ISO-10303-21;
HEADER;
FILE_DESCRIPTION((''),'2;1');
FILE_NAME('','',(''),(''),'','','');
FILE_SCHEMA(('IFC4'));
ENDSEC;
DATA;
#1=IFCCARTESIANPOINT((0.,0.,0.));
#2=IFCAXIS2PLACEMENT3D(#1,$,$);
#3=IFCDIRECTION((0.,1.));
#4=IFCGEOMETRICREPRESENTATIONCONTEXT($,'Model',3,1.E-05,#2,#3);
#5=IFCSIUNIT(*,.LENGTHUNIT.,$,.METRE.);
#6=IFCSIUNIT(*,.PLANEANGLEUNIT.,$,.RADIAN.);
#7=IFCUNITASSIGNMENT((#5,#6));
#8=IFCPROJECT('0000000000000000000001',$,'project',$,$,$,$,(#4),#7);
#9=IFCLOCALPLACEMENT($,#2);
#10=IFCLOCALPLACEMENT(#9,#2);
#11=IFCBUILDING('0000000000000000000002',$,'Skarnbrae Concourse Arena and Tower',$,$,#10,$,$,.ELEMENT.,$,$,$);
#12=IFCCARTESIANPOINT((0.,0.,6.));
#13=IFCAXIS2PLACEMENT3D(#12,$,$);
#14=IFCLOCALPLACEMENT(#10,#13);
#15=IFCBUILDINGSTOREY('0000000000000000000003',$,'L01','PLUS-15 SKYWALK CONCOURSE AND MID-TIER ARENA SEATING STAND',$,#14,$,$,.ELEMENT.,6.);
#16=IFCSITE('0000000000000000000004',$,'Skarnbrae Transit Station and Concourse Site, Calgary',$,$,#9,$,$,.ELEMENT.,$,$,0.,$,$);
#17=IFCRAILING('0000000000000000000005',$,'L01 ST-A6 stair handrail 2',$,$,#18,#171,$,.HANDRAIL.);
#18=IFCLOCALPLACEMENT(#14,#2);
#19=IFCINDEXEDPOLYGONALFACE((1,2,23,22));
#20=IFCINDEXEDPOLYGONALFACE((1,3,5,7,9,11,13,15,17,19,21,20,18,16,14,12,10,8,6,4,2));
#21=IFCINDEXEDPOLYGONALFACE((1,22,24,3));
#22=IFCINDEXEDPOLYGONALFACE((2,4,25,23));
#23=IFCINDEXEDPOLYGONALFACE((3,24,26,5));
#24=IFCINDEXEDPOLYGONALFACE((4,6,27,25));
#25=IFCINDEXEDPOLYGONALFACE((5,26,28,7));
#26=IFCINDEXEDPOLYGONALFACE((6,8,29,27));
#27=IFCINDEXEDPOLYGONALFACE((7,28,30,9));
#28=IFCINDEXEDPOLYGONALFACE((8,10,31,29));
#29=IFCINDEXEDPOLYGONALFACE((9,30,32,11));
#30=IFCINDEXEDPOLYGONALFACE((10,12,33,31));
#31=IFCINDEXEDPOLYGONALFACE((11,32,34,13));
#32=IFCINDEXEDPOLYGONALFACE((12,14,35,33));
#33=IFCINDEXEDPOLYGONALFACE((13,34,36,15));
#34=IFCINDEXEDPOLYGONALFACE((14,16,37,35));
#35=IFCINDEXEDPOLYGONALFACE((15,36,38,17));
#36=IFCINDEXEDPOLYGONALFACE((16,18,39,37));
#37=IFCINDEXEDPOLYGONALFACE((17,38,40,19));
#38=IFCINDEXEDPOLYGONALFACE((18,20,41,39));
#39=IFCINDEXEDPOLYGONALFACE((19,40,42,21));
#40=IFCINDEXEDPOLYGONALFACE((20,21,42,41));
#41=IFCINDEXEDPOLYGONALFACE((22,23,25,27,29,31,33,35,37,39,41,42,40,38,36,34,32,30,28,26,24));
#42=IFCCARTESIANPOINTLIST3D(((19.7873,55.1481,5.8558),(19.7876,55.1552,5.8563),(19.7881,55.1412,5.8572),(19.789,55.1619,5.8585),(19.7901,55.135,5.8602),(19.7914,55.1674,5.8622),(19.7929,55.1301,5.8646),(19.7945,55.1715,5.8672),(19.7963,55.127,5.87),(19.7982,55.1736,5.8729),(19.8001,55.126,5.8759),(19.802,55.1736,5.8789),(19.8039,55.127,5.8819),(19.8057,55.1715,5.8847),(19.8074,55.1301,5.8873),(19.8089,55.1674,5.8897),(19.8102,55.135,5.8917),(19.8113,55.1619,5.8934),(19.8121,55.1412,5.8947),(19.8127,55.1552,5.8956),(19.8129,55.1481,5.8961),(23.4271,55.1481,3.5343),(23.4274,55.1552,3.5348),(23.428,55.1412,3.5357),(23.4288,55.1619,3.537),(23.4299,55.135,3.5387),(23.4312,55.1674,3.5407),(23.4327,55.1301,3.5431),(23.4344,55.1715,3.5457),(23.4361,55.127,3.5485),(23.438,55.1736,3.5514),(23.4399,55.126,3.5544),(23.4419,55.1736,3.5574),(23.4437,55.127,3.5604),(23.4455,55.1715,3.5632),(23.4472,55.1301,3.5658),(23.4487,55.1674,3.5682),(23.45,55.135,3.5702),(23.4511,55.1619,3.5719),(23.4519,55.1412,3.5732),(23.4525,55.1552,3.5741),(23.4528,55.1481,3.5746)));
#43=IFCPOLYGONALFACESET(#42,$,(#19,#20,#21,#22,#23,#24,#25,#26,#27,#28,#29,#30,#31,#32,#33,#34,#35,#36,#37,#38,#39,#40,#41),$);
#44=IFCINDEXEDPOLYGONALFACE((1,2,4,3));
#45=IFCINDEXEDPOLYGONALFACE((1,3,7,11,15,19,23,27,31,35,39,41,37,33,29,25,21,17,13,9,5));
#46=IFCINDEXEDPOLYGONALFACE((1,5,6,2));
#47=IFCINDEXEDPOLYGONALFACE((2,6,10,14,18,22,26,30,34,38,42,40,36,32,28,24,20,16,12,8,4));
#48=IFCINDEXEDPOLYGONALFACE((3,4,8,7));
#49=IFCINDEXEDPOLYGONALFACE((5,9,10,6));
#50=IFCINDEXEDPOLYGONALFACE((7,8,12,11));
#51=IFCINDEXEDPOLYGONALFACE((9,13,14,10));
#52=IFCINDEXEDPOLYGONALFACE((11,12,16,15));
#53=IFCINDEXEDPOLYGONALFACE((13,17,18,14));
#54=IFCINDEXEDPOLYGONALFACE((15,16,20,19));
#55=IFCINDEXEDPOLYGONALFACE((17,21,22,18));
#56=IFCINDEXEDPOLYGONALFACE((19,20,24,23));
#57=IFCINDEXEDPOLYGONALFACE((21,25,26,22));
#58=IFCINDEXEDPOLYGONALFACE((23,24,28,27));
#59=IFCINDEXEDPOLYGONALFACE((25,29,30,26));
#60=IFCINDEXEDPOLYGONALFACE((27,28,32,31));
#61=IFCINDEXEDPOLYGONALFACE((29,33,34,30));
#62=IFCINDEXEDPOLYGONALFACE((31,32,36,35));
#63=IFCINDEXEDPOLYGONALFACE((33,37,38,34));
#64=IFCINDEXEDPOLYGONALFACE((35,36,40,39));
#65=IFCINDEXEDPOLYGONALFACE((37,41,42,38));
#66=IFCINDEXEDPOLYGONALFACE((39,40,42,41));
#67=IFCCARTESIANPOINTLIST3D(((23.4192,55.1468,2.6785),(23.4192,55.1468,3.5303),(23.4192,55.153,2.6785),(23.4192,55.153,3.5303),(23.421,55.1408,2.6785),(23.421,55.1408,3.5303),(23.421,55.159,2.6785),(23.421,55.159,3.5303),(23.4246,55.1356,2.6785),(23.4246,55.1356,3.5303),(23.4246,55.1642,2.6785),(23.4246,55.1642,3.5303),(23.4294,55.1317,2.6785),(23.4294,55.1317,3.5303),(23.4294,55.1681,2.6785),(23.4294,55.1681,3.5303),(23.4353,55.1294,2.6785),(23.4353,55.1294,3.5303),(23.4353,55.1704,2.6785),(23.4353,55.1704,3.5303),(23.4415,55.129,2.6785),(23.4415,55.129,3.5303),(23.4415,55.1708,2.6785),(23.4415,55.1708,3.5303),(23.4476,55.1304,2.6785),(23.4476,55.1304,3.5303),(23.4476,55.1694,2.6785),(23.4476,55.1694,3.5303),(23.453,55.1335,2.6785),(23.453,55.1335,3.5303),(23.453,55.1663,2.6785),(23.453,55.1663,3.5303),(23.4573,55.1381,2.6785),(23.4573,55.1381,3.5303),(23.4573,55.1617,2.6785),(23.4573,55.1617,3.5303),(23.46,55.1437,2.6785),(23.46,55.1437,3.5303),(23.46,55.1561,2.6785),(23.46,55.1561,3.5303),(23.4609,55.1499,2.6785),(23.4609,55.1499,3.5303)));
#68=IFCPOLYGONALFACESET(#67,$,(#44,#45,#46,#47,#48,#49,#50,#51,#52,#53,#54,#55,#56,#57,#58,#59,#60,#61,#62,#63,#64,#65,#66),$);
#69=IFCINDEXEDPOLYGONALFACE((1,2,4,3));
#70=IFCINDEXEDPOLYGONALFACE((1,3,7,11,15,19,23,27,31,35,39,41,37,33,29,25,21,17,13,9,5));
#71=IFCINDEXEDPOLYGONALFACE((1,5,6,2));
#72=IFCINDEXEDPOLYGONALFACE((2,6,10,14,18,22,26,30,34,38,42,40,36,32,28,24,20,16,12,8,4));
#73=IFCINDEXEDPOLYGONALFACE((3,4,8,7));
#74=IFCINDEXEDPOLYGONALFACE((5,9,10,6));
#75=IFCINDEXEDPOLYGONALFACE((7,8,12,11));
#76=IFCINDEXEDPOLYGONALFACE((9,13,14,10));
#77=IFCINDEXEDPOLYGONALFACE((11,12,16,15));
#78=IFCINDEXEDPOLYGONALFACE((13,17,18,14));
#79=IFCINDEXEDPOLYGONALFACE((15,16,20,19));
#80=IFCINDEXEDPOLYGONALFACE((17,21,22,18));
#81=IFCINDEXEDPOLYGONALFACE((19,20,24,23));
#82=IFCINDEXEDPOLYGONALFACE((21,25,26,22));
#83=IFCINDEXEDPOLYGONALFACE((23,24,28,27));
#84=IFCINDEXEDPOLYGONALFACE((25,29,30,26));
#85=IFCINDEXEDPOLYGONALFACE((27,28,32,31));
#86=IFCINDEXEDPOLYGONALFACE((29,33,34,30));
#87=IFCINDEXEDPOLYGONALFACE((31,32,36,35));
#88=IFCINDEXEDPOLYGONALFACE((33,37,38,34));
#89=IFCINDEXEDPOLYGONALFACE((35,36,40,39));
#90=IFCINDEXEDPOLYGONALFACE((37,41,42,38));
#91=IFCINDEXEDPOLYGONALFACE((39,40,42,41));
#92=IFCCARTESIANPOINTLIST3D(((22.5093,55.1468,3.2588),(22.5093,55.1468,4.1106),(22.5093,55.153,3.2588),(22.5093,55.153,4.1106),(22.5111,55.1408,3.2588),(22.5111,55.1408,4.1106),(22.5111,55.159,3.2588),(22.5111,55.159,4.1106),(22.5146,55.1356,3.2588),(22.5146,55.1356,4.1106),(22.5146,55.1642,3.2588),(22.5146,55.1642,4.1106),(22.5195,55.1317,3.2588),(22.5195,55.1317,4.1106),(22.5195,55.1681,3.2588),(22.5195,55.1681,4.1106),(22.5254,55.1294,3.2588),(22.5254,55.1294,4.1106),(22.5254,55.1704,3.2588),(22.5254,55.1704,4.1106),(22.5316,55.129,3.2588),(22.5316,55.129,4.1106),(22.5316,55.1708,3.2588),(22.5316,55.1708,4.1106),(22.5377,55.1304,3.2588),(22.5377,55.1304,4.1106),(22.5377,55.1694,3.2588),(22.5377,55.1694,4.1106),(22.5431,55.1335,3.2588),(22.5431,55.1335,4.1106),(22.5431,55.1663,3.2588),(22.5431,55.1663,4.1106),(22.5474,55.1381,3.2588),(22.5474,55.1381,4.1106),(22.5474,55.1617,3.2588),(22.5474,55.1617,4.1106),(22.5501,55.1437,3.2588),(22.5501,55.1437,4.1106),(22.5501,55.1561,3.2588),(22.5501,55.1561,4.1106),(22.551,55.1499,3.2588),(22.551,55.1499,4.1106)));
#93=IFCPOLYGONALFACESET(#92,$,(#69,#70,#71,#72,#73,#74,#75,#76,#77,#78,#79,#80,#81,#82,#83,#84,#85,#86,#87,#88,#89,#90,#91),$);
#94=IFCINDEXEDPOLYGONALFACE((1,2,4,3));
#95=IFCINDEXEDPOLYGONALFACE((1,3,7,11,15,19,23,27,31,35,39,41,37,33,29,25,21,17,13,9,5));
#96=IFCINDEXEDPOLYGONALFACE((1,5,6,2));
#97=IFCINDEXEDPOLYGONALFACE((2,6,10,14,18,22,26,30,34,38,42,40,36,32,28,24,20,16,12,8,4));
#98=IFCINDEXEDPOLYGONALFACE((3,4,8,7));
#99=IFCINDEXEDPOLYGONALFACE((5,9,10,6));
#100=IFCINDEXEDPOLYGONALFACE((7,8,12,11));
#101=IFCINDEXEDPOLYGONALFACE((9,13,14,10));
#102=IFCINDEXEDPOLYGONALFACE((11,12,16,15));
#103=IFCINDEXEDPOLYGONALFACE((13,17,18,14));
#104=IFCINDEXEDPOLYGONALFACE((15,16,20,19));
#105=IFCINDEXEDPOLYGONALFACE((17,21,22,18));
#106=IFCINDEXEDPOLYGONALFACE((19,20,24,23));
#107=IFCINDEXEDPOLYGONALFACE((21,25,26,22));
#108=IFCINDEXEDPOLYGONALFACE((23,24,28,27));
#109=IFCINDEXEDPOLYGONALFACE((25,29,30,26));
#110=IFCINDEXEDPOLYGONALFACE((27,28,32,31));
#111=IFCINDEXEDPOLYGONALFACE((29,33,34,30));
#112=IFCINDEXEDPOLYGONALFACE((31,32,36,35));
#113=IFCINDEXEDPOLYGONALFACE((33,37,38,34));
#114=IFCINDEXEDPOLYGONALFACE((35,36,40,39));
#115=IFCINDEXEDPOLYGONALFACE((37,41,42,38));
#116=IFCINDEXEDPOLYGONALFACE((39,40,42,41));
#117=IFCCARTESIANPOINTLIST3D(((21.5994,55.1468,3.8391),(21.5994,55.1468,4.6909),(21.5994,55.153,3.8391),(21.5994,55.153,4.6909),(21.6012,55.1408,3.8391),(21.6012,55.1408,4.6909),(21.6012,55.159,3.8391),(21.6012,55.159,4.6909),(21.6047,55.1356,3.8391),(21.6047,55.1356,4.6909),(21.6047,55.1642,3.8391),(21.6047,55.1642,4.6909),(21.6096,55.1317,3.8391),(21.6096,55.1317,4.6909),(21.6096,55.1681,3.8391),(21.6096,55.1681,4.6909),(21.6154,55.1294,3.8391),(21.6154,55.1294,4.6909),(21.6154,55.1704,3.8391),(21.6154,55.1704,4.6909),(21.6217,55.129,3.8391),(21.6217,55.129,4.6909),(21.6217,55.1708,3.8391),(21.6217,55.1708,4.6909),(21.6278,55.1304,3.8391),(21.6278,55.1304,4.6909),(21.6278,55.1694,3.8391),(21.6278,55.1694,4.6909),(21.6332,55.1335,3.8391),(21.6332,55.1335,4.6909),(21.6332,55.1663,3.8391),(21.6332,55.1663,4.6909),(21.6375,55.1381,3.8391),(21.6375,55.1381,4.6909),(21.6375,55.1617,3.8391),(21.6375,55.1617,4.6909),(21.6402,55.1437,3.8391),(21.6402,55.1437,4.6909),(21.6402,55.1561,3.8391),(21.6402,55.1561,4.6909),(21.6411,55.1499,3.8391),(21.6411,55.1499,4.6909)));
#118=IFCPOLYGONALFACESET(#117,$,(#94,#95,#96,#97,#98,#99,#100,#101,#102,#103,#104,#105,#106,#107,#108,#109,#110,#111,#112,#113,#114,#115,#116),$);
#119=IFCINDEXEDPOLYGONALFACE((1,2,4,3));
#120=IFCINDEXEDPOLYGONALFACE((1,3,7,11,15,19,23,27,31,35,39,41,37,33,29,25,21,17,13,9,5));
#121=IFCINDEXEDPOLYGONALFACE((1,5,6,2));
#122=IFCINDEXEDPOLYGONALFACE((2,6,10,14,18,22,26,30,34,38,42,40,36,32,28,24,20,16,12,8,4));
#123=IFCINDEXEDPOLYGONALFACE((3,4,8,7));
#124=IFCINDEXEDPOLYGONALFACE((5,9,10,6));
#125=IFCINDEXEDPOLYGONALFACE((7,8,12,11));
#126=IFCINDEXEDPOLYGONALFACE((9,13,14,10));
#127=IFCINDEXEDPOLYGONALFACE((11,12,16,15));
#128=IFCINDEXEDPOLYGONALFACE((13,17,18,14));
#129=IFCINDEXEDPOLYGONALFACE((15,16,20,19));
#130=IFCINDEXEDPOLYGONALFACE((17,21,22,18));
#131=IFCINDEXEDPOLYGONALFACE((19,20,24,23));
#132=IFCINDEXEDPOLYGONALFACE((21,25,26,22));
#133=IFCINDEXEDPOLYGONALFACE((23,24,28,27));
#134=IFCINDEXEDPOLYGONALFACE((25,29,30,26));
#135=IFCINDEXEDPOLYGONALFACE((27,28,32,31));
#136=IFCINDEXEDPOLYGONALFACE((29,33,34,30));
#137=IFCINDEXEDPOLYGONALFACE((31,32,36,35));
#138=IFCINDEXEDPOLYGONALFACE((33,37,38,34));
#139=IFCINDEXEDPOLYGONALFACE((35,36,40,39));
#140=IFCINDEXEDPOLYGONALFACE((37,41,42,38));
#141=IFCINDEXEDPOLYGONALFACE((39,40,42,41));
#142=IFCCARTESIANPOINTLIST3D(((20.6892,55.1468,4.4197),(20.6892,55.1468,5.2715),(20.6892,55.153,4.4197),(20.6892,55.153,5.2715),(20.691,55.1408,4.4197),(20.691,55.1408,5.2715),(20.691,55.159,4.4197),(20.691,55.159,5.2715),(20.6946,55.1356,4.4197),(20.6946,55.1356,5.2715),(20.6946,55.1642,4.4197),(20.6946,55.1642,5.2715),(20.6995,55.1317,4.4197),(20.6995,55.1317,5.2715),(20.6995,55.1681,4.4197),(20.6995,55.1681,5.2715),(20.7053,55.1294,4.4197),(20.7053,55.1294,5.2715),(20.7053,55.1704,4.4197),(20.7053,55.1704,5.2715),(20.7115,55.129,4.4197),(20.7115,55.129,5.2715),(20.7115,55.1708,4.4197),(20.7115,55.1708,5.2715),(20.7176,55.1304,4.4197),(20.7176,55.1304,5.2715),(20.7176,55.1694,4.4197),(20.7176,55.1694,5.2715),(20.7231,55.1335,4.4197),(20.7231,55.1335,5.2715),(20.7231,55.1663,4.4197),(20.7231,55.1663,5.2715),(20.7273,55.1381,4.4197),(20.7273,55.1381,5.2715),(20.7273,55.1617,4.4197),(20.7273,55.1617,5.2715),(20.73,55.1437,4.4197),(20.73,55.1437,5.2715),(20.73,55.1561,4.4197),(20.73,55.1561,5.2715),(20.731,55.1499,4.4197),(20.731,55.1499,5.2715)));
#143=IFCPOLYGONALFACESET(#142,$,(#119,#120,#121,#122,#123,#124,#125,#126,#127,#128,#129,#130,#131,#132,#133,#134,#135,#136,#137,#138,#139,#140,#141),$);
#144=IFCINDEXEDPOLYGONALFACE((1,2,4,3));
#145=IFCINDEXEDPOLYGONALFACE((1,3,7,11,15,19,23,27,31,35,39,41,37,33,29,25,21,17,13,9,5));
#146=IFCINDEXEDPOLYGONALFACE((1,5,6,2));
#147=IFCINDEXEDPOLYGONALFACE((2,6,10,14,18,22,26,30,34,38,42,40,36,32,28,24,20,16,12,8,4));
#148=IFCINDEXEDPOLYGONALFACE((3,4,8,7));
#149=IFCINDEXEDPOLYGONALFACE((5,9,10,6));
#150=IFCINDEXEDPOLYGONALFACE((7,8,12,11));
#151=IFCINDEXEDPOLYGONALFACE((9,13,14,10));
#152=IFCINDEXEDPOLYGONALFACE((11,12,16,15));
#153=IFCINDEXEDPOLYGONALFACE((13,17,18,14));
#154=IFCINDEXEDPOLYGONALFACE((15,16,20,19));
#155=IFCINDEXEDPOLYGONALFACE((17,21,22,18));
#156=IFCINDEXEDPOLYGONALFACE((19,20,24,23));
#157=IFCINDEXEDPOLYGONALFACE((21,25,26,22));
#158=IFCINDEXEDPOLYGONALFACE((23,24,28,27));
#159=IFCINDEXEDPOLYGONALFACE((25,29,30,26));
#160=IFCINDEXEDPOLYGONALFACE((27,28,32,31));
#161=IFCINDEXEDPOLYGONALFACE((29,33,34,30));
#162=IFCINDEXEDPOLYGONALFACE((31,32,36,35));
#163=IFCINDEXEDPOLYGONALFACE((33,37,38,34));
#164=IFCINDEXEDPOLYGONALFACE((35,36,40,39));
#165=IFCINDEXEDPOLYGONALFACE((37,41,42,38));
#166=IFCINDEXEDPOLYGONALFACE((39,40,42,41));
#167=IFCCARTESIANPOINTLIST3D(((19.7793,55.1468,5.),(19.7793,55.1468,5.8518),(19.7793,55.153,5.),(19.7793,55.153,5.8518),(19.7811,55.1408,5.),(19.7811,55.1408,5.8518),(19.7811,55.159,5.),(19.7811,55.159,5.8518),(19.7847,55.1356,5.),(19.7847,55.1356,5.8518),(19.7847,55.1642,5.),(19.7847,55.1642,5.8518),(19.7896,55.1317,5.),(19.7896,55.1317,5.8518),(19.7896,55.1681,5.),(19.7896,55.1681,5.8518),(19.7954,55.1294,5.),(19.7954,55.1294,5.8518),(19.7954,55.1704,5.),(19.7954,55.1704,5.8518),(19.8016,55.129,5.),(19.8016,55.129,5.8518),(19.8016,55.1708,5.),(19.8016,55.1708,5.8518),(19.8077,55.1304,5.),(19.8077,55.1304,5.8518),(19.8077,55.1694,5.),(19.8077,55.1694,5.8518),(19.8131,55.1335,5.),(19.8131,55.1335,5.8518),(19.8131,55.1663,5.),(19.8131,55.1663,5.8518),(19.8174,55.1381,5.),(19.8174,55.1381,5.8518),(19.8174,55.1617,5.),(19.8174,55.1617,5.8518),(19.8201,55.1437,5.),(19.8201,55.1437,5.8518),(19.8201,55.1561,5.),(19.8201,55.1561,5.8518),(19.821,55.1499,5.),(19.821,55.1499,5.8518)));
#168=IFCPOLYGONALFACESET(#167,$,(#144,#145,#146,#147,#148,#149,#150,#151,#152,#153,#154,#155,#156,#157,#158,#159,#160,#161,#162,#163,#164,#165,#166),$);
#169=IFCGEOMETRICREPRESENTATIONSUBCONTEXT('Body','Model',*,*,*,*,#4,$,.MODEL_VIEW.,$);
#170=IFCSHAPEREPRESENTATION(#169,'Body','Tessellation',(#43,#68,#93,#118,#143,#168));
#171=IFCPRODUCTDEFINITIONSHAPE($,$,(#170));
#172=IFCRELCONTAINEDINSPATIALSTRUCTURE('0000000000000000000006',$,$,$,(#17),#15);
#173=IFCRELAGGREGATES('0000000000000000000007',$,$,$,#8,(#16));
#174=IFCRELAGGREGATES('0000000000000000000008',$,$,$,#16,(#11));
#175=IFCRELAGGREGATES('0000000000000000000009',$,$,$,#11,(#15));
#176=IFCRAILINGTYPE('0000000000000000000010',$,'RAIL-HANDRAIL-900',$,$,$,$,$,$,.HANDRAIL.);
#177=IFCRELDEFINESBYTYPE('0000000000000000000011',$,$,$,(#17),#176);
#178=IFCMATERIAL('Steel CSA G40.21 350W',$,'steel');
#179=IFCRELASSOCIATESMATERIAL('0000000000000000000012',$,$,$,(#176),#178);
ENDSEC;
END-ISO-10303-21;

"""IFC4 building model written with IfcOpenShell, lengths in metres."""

from ifc_helpers import new_model, si_unit, direction, frame, origin, origin_2d, place, context, subcontext, project, spatial, circle, extrude, material, type_object, element, save


model = new_model("IFC4")

# Units and contexts
model_context = context("Model", 3, precision=1e-05, world=origin(), true_north=direction((0.0, 1.0)))
body_context = subcontext(model_context, "Body", "Model", "MODEL_VIEW")
ifc_project = project(units=[si_unit("LENGTHUNIT", "METRE"), si_unit("PLANEANGLEUNIT", "RADIAN")], contexts=[model_context])

# Site, building, storey
site_placement = place(None, origin())
site = spatial("IfcSite", under=ifc_project, at=site_placement, Name="Skarnbrae Transit Station and Concourse Site, Calgary", CompositionType="ELEMENT", RefElevation=0.0)
building_placement = place(site_placement, origin())
building = spatial("IfcBuilding", under=site, at=building_placement, Name="Skarnbrae Concourse Arena and Tower", CompositionType="ELEMENT")
storey_placement = place(building_placement, frame((0.0, 0.0, 6.0)))
storey = spatial("IfcBuildingStorey", under=building, at=storey_placement, Name="L01", Description="PLUS-15 SKYWALK CONCOURSE AND MID-TIER ARENA SEATING STAND", CompositionType="ELEMENT", Elevation=6.0)

# Shared definitions
ifc_material_1 = material(Name="Steel CSA G40.21 350W", Category="steel")

# Railing
railing_type_1 = type_object("IfcRailingType", Name="RAIL-HANDRAIL-900", PredefinedType="HANDRAIL", material=ifc_material_1)
railing_1_placement = place(storey_placement, frame((23.4399, 55.1499, 2.6785)))
element("IfcRailing", 1, at=railing_1_placement, inside=storey, type_object=railing_type_1, Name="L01 ST-A6 stair handrail 2", PredefinedType="HANDRAIL", context=body_context, shape_type="SweptSolid", body=[
    extrude(circle(Radius=0.0239, at=origin_2d()), frame((0.0, 0.0, 0.876), z_axis=(-0.843112, 0.0, 0.537739), x_axis=(0.0, -1.0, 0.0)), (0.0, 0.0, 1.0), 4.3171),
    extrude(circle(Radius=0.021, at=origin_2d()), origin(), (0.0, 0.0, 1.0), 0.8518),
    extrude(circle(Radius=0.021, at=origin_2d()), frame((-0.9099, 0.0, 0.5803)), (0.0, 0.0, 1.0), 0.8518),
    extrude(circle(Radius=0.021, at=origin_2d()), frame((-1.8198, 0.0, 1.1606)), (0.0, 0.0, 1.0), 0.8518),
    extrude(circle(Radius=0.021, at=origin_2d()), frame((-2.73, 0.0, 1.7412)), (0.0, 0.0, 1.0), 0.8518),
    extrude(circle(Radius=0.021, at=origin_2d()), frame((-3.6399, 0.0, 2.3215)), (0.0, 0.0, 1.0), 0.8518),
])

save(model, "model.ifc")
